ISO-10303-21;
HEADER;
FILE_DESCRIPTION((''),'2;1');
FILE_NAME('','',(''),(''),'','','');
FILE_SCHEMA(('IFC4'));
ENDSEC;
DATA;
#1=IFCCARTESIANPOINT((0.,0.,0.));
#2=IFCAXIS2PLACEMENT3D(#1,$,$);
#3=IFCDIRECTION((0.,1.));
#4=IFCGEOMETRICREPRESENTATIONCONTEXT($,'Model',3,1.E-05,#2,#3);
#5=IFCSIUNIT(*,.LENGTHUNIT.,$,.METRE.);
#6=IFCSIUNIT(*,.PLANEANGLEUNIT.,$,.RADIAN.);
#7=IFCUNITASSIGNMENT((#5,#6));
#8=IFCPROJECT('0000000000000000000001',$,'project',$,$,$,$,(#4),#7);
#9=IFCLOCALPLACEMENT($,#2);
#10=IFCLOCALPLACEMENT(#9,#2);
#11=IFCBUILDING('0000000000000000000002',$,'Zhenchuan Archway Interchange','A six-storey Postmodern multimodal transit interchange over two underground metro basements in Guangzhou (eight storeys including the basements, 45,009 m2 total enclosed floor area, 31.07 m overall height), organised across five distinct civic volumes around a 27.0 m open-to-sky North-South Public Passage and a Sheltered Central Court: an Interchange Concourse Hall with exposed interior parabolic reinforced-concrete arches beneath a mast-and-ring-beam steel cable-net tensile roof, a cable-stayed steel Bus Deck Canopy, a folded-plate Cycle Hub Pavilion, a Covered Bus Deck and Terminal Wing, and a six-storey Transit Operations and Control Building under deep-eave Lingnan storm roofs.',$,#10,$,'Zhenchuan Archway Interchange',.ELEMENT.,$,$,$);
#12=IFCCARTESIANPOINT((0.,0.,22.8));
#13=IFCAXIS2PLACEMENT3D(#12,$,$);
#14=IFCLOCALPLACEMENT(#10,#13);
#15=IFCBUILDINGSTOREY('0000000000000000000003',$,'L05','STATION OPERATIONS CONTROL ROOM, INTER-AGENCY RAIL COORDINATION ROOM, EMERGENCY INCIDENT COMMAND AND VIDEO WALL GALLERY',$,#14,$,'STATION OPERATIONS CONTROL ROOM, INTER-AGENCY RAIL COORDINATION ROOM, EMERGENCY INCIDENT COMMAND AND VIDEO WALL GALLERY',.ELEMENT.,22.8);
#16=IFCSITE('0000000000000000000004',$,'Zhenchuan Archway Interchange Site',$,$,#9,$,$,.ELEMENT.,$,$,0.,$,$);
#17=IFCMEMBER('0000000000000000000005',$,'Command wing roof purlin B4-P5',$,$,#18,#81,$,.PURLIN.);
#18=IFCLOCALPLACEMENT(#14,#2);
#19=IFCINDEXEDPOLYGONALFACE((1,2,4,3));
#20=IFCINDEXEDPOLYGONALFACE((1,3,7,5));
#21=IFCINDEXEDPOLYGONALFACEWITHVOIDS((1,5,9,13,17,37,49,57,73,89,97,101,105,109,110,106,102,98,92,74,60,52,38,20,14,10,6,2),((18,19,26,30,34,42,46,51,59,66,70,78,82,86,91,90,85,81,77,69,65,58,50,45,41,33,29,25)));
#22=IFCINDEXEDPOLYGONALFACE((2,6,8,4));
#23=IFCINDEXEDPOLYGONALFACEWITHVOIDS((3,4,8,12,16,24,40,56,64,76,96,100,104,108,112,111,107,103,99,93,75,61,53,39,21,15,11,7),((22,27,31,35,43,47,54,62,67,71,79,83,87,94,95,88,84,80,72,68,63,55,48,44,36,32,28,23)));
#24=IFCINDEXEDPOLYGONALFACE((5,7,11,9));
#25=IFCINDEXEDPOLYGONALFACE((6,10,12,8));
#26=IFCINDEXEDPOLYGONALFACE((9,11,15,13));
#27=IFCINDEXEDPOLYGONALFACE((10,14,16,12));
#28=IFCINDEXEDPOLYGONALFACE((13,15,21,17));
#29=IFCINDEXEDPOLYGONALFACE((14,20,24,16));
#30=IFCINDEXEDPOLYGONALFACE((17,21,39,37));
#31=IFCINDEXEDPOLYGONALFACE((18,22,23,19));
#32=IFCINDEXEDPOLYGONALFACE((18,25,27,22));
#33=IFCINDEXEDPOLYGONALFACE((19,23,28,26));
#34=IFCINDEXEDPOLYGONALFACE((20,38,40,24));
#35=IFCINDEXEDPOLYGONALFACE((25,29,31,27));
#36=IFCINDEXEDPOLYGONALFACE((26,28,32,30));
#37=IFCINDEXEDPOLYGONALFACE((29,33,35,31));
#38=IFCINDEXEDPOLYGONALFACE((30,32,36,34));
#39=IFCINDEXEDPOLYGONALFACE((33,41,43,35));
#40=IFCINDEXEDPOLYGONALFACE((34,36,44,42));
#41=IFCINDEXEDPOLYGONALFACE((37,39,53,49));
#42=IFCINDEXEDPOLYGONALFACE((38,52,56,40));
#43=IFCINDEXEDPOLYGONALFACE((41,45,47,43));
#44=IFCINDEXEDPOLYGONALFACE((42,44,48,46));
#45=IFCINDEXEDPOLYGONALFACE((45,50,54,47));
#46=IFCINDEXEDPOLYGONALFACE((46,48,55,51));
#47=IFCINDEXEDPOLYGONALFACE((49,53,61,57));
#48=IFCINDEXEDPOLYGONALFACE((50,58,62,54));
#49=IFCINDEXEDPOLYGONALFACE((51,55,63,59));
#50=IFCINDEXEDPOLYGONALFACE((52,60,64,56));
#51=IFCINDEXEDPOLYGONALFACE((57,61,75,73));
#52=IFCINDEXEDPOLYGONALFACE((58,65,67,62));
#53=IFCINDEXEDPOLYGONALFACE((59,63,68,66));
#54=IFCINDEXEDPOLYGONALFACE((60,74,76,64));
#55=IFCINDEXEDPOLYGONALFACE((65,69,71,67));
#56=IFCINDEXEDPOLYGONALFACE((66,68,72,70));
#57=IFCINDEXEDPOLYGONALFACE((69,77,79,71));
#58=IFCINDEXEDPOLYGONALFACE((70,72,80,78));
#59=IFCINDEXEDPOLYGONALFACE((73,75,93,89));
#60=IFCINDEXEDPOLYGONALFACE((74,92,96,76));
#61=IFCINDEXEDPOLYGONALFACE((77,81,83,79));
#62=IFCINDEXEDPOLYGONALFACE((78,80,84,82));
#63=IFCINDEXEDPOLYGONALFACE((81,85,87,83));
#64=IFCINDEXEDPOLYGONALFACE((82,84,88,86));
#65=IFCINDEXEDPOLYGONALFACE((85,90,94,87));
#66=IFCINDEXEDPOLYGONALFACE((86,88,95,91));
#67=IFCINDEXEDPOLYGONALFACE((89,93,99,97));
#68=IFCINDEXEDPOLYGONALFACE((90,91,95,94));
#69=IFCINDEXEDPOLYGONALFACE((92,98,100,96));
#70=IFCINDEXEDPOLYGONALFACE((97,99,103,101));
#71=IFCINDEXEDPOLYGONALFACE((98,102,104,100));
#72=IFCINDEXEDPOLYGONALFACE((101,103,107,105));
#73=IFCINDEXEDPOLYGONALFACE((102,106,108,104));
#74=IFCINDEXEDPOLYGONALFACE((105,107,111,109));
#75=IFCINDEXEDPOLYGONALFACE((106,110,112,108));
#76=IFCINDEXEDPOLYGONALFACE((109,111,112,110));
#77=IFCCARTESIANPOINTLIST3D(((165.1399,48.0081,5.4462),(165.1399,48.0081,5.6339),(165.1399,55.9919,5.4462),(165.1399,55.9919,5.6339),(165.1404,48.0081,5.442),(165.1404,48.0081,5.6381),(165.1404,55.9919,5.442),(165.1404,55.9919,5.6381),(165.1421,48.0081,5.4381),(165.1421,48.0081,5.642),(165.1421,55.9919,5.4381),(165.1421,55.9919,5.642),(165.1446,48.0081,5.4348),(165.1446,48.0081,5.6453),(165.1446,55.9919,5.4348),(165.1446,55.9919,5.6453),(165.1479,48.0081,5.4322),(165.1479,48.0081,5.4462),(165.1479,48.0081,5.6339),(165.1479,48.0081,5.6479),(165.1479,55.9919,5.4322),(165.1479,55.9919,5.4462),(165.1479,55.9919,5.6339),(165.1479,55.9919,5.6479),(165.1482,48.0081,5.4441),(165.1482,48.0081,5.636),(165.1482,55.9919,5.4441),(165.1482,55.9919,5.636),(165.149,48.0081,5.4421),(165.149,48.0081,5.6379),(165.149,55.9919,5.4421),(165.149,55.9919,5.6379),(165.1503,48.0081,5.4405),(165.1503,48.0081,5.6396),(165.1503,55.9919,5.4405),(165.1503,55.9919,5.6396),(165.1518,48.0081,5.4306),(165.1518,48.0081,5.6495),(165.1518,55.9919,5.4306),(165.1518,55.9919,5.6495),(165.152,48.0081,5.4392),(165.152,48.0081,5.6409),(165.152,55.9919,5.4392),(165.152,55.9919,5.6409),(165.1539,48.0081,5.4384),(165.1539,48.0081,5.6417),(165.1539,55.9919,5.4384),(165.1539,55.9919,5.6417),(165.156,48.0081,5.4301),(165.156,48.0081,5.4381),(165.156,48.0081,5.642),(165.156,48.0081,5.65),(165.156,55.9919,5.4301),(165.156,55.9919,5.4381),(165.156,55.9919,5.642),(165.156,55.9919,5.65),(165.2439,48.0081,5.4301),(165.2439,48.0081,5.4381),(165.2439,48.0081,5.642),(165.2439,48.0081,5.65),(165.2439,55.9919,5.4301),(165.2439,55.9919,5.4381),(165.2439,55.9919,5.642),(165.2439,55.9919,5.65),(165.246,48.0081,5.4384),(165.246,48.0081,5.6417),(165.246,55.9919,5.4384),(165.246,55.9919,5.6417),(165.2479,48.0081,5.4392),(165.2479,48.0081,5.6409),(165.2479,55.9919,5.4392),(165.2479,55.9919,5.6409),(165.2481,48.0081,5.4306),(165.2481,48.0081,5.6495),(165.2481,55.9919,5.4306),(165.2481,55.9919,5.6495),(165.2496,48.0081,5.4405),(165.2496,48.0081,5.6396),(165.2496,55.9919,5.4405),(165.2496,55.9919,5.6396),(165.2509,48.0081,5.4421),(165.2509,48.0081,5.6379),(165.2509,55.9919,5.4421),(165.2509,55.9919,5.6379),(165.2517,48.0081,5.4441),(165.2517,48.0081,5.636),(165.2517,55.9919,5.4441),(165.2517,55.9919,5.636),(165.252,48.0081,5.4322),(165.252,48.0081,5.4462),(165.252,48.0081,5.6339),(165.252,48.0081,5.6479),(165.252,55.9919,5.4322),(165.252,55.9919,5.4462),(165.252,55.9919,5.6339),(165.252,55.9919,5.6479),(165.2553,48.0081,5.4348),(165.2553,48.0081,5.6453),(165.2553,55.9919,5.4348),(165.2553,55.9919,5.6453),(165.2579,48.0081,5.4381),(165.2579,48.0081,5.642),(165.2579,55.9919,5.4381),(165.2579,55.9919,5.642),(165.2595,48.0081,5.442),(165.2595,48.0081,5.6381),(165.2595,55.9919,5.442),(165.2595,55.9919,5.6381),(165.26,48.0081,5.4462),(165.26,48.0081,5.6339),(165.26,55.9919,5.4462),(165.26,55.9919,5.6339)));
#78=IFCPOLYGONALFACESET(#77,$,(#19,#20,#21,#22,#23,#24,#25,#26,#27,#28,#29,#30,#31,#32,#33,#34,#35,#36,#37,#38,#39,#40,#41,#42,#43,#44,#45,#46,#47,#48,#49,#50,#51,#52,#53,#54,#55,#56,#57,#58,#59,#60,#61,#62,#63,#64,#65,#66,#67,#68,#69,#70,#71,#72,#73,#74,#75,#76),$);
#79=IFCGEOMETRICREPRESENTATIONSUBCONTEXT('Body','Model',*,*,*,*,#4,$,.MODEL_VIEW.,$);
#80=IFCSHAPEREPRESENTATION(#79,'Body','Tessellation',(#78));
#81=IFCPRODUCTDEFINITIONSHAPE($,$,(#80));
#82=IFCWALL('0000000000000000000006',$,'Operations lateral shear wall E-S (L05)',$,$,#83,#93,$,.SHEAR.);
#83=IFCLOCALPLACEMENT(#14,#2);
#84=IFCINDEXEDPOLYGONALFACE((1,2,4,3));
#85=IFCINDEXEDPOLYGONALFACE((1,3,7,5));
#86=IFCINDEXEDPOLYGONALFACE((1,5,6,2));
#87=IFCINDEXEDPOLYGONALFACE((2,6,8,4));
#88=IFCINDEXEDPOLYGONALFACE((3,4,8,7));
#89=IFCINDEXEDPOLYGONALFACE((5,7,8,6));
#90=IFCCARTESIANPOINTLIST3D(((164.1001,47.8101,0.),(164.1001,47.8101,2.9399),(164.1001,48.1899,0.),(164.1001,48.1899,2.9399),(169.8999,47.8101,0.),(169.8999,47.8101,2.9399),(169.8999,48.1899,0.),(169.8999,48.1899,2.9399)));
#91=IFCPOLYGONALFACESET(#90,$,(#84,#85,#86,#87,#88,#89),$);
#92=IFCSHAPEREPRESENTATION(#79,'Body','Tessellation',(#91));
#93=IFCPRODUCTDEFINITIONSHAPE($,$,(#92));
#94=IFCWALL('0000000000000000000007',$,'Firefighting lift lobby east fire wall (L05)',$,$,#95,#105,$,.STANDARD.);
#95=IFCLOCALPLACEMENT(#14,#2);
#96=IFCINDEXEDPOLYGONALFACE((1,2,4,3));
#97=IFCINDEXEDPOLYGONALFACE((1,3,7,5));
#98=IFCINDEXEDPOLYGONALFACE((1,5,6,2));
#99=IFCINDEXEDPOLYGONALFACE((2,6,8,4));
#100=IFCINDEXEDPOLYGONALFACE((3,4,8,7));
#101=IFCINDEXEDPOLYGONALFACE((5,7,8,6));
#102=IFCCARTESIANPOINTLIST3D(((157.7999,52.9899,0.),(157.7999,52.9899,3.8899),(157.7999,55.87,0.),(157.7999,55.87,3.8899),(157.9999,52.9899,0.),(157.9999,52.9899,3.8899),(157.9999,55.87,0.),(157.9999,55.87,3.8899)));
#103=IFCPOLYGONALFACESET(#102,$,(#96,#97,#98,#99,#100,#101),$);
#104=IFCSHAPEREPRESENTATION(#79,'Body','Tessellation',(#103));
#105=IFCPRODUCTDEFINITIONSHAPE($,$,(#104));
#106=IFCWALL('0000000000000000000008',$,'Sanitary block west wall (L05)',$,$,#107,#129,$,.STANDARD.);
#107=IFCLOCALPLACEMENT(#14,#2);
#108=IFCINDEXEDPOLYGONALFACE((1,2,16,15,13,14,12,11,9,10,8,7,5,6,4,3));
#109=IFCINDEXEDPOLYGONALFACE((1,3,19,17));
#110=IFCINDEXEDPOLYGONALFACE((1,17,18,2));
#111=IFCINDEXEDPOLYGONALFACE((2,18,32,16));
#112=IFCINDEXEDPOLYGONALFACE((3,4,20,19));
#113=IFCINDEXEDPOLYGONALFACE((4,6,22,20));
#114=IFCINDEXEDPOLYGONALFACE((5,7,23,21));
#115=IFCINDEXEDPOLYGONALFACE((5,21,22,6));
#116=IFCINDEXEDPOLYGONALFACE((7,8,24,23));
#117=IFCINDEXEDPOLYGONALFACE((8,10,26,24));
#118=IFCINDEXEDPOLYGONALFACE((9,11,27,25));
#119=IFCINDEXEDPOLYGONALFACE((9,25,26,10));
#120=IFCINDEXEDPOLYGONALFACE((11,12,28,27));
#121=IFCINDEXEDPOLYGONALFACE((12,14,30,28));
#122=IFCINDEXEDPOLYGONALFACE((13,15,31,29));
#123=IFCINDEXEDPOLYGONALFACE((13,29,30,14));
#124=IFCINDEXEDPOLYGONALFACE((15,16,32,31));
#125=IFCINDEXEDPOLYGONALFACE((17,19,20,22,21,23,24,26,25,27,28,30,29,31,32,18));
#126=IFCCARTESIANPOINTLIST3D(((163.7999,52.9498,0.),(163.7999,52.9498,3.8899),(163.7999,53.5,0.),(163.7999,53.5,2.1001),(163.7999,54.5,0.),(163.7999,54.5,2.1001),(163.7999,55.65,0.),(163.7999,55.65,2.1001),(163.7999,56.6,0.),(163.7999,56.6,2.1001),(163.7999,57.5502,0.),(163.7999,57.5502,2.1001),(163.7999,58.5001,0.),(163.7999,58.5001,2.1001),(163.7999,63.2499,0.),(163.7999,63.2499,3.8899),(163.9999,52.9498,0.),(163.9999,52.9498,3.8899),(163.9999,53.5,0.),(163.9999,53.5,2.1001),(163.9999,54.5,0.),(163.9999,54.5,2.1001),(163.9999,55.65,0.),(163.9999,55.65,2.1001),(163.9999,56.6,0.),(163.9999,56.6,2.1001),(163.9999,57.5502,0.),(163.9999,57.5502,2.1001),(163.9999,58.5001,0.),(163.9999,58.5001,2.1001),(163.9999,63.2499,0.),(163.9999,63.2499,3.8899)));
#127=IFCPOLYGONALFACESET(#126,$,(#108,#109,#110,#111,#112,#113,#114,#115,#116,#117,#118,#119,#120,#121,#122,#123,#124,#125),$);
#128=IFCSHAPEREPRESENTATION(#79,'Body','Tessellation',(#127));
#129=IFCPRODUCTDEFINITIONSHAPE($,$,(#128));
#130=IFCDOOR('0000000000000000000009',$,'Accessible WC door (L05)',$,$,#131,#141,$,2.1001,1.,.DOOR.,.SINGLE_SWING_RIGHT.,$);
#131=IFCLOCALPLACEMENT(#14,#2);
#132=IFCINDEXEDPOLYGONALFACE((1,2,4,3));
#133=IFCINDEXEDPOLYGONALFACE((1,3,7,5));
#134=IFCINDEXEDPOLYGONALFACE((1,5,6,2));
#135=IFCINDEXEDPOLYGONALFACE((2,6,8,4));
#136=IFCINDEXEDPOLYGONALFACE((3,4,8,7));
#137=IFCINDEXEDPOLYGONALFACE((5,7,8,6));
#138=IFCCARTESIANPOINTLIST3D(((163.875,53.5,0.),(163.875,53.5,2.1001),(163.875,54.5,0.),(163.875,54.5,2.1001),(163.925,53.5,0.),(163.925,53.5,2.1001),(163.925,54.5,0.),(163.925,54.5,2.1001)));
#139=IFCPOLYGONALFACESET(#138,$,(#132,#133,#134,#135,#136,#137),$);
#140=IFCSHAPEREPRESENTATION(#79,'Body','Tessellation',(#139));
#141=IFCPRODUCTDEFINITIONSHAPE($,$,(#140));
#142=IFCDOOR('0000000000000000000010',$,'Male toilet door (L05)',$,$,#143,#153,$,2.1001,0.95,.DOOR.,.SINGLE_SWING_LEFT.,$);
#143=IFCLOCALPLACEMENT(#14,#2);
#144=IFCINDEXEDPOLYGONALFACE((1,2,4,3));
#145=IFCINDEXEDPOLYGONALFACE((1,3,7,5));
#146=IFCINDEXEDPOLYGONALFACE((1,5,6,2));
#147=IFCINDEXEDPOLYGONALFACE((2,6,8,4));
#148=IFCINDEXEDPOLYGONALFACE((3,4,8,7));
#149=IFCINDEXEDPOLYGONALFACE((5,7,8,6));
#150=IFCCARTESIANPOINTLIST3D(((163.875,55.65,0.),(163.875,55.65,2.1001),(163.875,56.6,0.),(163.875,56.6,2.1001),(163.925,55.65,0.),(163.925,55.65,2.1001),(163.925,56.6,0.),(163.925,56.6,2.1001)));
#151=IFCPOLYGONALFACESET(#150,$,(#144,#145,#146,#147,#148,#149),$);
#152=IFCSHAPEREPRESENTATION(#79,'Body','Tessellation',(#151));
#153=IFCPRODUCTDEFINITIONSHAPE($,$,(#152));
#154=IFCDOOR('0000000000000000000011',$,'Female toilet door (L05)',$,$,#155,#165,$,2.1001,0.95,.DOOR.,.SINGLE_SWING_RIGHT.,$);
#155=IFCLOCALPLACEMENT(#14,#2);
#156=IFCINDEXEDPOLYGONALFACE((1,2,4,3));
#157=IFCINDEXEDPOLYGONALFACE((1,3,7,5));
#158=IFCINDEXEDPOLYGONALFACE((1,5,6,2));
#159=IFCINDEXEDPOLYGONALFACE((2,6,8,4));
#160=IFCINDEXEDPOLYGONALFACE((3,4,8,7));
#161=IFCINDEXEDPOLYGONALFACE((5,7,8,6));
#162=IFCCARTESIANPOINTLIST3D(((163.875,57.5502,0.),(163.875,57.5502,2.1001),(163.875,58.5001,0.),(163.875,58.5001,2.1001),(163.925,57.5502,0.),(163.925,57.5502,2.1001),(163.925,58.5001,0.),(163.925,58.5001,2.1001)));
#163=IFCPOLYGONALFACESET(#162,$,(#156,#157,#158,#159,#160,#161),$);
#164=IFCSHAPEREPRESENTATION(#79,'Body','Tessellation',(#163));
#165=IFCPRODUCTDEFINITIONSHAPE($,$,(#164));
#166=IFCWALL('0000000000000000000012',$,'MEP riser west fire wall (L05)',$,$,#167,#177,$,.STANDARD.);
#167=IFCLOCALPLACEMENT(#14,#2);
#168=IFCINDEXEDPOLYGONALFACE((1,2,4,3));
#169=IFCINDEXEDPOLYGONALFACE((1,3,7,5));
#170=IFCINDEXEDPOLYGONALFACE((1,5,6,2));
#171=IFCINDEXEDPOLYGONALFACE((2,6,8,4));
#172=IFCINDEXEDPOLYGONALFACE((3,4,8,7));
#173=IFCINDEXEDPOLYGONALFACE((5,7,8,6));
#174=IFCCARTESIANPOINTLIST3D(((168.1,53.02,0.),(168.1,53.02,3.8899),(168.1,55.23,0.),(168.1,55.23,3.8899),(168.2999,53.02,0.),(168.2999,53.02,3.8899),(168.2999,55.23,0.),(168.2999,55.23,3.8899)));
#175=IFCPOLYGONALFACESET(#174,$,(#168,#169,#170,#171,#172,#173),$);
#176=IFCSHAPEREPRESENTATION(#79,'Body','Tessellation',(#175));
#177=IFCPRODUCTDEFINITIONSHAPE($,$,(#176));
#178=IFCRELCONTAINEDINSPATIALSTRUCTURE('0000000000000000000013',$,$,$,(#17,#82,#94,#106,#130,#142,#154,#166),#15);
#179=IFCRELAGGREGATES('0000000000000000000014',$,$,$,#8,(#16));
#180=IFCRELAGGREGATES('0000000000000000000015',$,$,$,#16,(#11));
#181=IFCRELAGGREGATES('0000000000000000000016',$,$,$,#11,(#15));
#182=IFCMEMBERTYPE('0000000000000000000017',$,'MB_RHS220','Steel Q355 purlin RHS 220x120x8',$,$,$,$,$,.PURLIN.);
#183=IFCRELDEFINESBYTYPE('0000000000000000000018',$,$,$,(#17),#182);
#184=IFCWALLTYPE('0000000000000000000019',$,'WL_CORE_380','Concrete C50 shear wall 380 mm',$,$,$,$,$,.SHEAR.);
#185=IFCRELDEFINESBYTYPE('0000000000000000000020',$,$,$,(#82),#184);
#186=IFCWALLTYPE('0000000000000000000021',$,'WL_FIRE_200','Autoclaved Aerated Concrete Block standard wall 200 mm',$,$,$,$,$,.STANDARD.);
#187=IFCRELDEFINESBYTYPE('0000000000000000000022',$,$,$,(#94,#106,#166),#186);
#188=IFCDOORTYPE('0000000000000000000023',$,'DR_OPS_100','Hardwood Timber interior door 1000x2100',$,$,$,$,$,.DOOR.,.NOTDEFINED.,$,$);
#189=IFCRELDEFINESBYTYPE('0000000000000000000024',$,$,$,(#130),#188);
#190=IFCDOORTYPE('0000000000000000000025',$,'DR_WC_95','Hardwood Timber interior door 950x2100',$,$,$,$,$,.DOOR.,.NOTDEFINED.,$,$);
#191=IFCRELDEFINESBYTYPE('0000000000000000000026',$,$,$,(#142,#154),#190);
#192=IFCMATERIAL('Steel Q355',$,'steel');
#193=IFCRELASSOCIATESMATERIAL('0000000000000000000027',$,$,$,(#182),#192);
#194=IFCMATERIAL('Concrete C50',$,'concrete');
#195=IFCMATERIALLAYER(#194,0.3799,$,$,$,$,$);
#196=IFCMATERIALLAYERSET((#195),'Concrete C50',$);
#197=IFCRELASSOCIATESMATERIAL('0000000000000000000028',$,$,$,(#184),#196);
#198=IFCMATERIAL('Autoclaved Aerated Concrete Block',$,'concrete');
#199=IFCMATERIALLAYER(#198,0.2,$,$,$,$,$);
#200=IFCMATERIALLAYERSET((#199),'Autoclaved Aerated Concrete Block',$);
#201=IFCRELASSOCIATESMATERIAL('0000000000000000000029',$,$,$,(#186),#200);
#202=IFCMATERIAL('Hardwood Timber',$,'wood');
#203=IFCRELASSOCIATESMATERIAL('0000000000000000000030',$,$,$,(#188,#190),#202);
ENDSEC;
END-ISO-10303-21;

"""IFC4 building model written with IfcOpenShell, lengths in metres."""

from ifc_helpers import new_model, si_unit, direction, frame, frame_2d, origin, origin_2d, place, context, subcontext, project, spatial, rectangle, hollow_rectangle, extrude, material, layer, layer_set, material_profile, profile_set, type_object, element, fill, save


model = new_model("IFC4")

# Units and contexts
model_context = context("Model", 3, precision=1e-05, world=origin(), true_north=direction((0.0, 1.0)))
body_context = subcontext(model_context, "Body", "Model", "MODEL_VIEW")
ifc_project = project(units=[si_unit("LENGTHUNIT", "METRE"), si_unit("PLANEANGLEUNIT", "RADIAN")], contexts=[model_context])

# Site, building, storey
site_placement = place(None, origin())
site = spatial("IfcSite", under=ifc_project, at=site_placement, Name="Zhenchuan Archway Interchange Site", CompositionType="ELEMENT", RefElevation=0.0)
building_placement = place(site_placement, origin())
building = spatial("IfcBuilding", under=site, at=building_placement, Name="Zhenchuan Archway Interchange", Description="A six-storey Postmodern multimodal transit interchange over two underground metro basements in Guangzhou (eight storeys including the basements, 45,009 m2 total enclosed floor area, 31.07 m overall height), organised across five distinct civic volumes around a 27.0 m open-to-sky North-South Public Passage and a Sheltered Central Court: an Interchange Concourse Hall with exposed interior parabolic reinforced-concrete arches beneath a mast-and-ring-beam steel cable-net tensile roof, a cable-stayed steel Bus Deck Canopy, a folded-plate Cycle Hub Pavilion, a Covered Bus Deck and Terminal Wing, and a six-storey Transit Operations and Control Building under deep-eave Lingnan storm roofs.", LongName="Zhenchuan Archway Interchange", CompositionType="ELEMENT")
storey_placement = place(building_placement, frame((0.0, 0.0, 22.8)))
storey = spatial("IfcBuildingStorey", under=building, at=storey_placement, Name="L05", Description="STATION OPERATIONS CONTROL ROOM, INTER-AGENCY RAIL COORDINATION ROOM, EMERGENCY INCIDENT COMMAND AND VIDEO WALL GALLERY", LongName="STATION OPERATIONS CONTROL ROOM, INTER-AGENCY RAIL COORDINATION ROOM, EMERGENCY INCIDENT COMMAND AND VIDEO WALL GALLERY", CompositionType="ELEMENT", Elevation=22.8)

# Shared definitions
ifc_material_1 = material(Name="Steel Q355", Category="steel")

# Member
ifc_material_profile_1 = material_profile(ifc_material_1, hollow_rectangle(XDim=0.1201, YDim=0.22, WallThickness=0.0081, InnerFilletRadius=0.0081, OuterFilletRadius=0.0161, at=origin_2d()), Name="RHS 220x120x8")
ifc_profile_set_1 = profile_set([ifc_material_profile_1], Name="Steel Q355")
member_type_1 = type_object("IfcMemberType", Name="MB_RHS220", Description="Steel Q355 purlin RHS 220x120x8", PredefinedType="PURLIN", material=ifc_profile_set_1)
member_1_placement = place(storey_placement, frame((165.2, 48.0081, 5.54), z_axis=(0.0, 1.0, 0.0), x_axis=(-1.0, 0.0, 0.0)))
element("IfcMember", 1, at=member_1_placement, inside=storey, type_object=member_type_1, Name="Command wing roof purlin B4-P5", PredefinedType="PURLIN", context=body_context, shape_type="SweptSolid", body=[
    extrude(hollow_rectangle(XDim=0.1201, YDim=0.22, WallThickness=0.0081, InnerFilletRadius=0.0081, OuterFilletRadius=0.0161, at=origin_2d()), origin(), (0.0, 0.0, 1.0), 7.9839),
])

# Walls
ifc_material_2 = material(Name="Concrete C50", Category="concrete")
ifc_layer_1 = layer(ifc_material_2, 0.3799)
ifc_layer_set_1 = layer_set([ifc_layer_1], Name="Concrete C50")
wall_type_1 = type_object("IfcWallType", Name="WL_CORE_380", Description="Concrete C50 shear wall 380 mm", PredefinedType="SHEAR", material=ifc_layer_set_1)
wall_1_placement = place(storey_placement, frame((164.1001, 48.0, 0.0), z_axis=(0.0, 0.0, 1.0), x_axis=(1.0, 0.0, 0.0)))
element("IfcWall", 2, at=wall_1_placement, inside=storey, type_object=wall_type_1, Name="Operations lateral shear wall E-S (L05)", PredefinedType="SHEAR", context=body_context, shape_type="SweptSolid", body=[
    extrude(rectangle(XDim=5.7998, YDim=0.3799, at=frame_2d((2.8999, 0.0))), origin(), (0.0, 0.0, 1.0), 2.9399),
])
ifc_material_3 = material(Name="Autoclaved Aerated Concrete Block", Category="concrete")
ifc_layer_2 = layer(ifc_material_3, 0.2)
ifc_layer_set_2 = layer_set([ifc_layer_2], Name="Autoclaved Aerated Concrete Block")
wall_type_2 = type_object("IfcWallType", Name="WL_FIRE_200", Description="Autoclaved Aerated Concrete Block standard wall 200 mm", PredefinedType="STANDARD", material=ifc_layer_set_2)
wall_2_placement = place(storey_placement, frame((157.8999, 52.99, 0.0), z_axis=(0.0, 0.0, 1.0), x_axis=(0.0, 1.0, 0.0)))
element("IfcWall", 3, at=wall_2_placement, inside=storey, type_object=wall_type_2, Name="Firefighting lift lobby east fire wall (L05)", PredefinedType="STANDARD", context=body_context, shape_type="SweptSolid", body=[
    extrude(rectangle(XDim=2.8801, YDim=0.2, at=frame_2d((1.4399, 0.0))), origin(), (0.0, 0.0, 1.0), 3.8899),
])

# Wall, openings, doors
wall_3_placement = place(storey_placement, frame((163.8999, 52.95, 0.0), z_axis=(0.0, 0.0, 1.0), x_axis=(0.0, 1.0, 0.0)))
wall_3 = element("IfcWall", 4, at=wall_3_placement, inside=storey, type_object=wall_type_2, Name="Sanitary block west wall (L05)", PredefinedType="STANDARD", context=body_context, shape_type="SweptSolid", body=[
    extrude(rectangle(XDim=10.3, YDim=0.2, at=frame_2d((5.1499, 0.0))), origin(), (0.0, 0.0, 1.0), 3.8899),
])
opening_1_placement = place(wall_3_placement, frame((0.55, 0.0, 0.0)))
opening_1 = element("IfcOpeningElement", 5, at=opening_1_placement, cuts=wall_3, PredefinedType="OPENING", context=body_context, shape_type="SweptSolid", body=[
    extrude(rectangle(XDim=1.0, YDim=2.1001, at=frame_2d((0.5, 1.05))), frame((0.0, 0.1118, 0.0), z_axis=(0.0, -1.0, 0.0), x_axis=(1.0, 0.0, 0.0)), (0.0, 0.0, 1.0), 0.2239),
])
opening_2_placement = place(wall_3_placement, frame((2.7, 0.0, 0.0)))
opening_2 = element("IfcOpeningElement", 6, at=opening_2_placement, cuts=wall_3, PredefinedType="OPENING", context=body_context, shape_type="SweptSolid", body=[
    extrude(rectangle(XDim=0.95, YDim=2.1001, at=frame_2d((0.4751, 1.05))), frame((0.0, 0.1118, 0.0), z_axis=(0.0, -1.0, 0.0), x_axis=(1.0, 0.0, 0.0)), (0.0, 0.0, 1.0), 0.2239),
])
opening_3_placement = place(wall_3_placement, frame((4.6001, 0.0, 0.0)))
opening_3 = element("IfcOpeningElement", 7, at=opening_3_placement, cuts=wall_3, PredefinedType="OPENING", context=body_context, shape_type="SweptSolid", body=[
    extrude(rectangle(XDim=0.95, YDim=2.1001, at=frame_2d((0.4751, 1.05))), frame((0.0, 0.1118, 0.0), z_axis=(0.0, -1.0, 0.0), x_axis=(1.0, 0.0, 0.0)), (0.0, 0.0, 1.0), 0.2239),
])
ifc_material_4 = material(Name="Hardwood Timber", Category="wood")
door_type_1 = type_object("IfcDoorType", Name="DR_OPS_100", Description="Hardwood Timber interior door 1000x2100", OperationType="NOTDEFINED", PredefinedType="DOOR", material=ifc_material_4)
door_1_placement = place(opening_1_placement, origin())
door_1 = element("IfcDoor", 8, at=door_1_placement, inside=storey, type_object=door_type_1, Name="Accessible WC door (L05)", OperationType="SINGLE_SWING_RIGHT", OverallHeight=2.1001, OverallWidth=1.0, PredefinedType="DOOR", context=body_context, shape_type="SweptSolid", body=[
    extrude(rectangle(XDim=1.0, YDim=2.1001, at=frame_2d((0.5, 1.05))), frame((0.0, 0.0249, 0.0), z_axis=(0.0, -1.0, 0.0), x_axis=(1.0, 0.0, 0.0)), (0.0, 0.0, 1.0), 0.05),
])
fill(opening_1, door_1)
door_type_2 = type_object("IfcDoorType", Name="DR_WC_95", Description="Hardwood Timber interior door 950x2100", OperationType="NOTDEFINED", PredefinedType="DOOR", material=ifc_material_4)
door_2_placement = place(opening_2_placement, origin())
door_2 = element("IfcDoor", 9, at=door_2_placement, inside=storey, type_object=door_type_2, Name="Male toilet door (L05)", OperationType="SINGLE_SWING_LEFT", OverallHeight=2.1001, OverallWidth=0.95, PredefinedType="DOOR", context=body_context, shape_type="SweptSolid", body=[
    extrude(rectangle(XDim=0.95, YDim=2.1001, at=frame_2d((0.4751, 1.05))), frame((0.0, 0.0249, 0.0), z_axis=(0.0, -1.0, 0.0), x_axis=(1.0, 0.0, 0.0)), (0.0, 0.0, 1.0), 0.05),
])
fill(opening_2, door_2)
door_3_placement = place(opening_3_placement, origin())
door_3 = element("IfcDoor", 10, at=door_3_placement, inside=storey, type_object=door_type_2, Name="Female toilet door (L05)", OperationType="SINGLE_SWING_RIGHT", OverallHeight=2.1001, OverallWidth=0.95, PredefinedType="DOOR", context=body_context, shape_type="SweptSolid", body=[
    extrude(rectangle(XDim=0.95, YDim=2.1001, at=frame_2d((0.4751, 1.05))), frame((0.0, 0.0249, 0.0), z_axis=(0.0, -1.0, 0.0), x_axis=(1.0, 0.0, 0.0)), (0.0, 0.0, 1.0), 0.05),
])
fill(opening_3, door_3)

# Wall
wall_4_placement = place(storey_placement, frame((168.2, 53.02, 0.0), z_axis=(0.0, 0.0, 1.0), x_axis=(0.0, 1.0, 0.0)))
element("IfcWall", 11, at=wall_4_placement, inside=storey, type_object=wall_type_2, Name="MEP riser west fire wall (L05)", PredefinedType="STANDARD", context=body_context, shape_type="SweptSolid", body=[
    extrude(rectangle(XDim=2.21, YDim=0.2, at=frame_2d((1.105, 0.0))), origin(), (0.0, 0.0, 1.0), 3.8899),
])

save(model, "model.ifc")
